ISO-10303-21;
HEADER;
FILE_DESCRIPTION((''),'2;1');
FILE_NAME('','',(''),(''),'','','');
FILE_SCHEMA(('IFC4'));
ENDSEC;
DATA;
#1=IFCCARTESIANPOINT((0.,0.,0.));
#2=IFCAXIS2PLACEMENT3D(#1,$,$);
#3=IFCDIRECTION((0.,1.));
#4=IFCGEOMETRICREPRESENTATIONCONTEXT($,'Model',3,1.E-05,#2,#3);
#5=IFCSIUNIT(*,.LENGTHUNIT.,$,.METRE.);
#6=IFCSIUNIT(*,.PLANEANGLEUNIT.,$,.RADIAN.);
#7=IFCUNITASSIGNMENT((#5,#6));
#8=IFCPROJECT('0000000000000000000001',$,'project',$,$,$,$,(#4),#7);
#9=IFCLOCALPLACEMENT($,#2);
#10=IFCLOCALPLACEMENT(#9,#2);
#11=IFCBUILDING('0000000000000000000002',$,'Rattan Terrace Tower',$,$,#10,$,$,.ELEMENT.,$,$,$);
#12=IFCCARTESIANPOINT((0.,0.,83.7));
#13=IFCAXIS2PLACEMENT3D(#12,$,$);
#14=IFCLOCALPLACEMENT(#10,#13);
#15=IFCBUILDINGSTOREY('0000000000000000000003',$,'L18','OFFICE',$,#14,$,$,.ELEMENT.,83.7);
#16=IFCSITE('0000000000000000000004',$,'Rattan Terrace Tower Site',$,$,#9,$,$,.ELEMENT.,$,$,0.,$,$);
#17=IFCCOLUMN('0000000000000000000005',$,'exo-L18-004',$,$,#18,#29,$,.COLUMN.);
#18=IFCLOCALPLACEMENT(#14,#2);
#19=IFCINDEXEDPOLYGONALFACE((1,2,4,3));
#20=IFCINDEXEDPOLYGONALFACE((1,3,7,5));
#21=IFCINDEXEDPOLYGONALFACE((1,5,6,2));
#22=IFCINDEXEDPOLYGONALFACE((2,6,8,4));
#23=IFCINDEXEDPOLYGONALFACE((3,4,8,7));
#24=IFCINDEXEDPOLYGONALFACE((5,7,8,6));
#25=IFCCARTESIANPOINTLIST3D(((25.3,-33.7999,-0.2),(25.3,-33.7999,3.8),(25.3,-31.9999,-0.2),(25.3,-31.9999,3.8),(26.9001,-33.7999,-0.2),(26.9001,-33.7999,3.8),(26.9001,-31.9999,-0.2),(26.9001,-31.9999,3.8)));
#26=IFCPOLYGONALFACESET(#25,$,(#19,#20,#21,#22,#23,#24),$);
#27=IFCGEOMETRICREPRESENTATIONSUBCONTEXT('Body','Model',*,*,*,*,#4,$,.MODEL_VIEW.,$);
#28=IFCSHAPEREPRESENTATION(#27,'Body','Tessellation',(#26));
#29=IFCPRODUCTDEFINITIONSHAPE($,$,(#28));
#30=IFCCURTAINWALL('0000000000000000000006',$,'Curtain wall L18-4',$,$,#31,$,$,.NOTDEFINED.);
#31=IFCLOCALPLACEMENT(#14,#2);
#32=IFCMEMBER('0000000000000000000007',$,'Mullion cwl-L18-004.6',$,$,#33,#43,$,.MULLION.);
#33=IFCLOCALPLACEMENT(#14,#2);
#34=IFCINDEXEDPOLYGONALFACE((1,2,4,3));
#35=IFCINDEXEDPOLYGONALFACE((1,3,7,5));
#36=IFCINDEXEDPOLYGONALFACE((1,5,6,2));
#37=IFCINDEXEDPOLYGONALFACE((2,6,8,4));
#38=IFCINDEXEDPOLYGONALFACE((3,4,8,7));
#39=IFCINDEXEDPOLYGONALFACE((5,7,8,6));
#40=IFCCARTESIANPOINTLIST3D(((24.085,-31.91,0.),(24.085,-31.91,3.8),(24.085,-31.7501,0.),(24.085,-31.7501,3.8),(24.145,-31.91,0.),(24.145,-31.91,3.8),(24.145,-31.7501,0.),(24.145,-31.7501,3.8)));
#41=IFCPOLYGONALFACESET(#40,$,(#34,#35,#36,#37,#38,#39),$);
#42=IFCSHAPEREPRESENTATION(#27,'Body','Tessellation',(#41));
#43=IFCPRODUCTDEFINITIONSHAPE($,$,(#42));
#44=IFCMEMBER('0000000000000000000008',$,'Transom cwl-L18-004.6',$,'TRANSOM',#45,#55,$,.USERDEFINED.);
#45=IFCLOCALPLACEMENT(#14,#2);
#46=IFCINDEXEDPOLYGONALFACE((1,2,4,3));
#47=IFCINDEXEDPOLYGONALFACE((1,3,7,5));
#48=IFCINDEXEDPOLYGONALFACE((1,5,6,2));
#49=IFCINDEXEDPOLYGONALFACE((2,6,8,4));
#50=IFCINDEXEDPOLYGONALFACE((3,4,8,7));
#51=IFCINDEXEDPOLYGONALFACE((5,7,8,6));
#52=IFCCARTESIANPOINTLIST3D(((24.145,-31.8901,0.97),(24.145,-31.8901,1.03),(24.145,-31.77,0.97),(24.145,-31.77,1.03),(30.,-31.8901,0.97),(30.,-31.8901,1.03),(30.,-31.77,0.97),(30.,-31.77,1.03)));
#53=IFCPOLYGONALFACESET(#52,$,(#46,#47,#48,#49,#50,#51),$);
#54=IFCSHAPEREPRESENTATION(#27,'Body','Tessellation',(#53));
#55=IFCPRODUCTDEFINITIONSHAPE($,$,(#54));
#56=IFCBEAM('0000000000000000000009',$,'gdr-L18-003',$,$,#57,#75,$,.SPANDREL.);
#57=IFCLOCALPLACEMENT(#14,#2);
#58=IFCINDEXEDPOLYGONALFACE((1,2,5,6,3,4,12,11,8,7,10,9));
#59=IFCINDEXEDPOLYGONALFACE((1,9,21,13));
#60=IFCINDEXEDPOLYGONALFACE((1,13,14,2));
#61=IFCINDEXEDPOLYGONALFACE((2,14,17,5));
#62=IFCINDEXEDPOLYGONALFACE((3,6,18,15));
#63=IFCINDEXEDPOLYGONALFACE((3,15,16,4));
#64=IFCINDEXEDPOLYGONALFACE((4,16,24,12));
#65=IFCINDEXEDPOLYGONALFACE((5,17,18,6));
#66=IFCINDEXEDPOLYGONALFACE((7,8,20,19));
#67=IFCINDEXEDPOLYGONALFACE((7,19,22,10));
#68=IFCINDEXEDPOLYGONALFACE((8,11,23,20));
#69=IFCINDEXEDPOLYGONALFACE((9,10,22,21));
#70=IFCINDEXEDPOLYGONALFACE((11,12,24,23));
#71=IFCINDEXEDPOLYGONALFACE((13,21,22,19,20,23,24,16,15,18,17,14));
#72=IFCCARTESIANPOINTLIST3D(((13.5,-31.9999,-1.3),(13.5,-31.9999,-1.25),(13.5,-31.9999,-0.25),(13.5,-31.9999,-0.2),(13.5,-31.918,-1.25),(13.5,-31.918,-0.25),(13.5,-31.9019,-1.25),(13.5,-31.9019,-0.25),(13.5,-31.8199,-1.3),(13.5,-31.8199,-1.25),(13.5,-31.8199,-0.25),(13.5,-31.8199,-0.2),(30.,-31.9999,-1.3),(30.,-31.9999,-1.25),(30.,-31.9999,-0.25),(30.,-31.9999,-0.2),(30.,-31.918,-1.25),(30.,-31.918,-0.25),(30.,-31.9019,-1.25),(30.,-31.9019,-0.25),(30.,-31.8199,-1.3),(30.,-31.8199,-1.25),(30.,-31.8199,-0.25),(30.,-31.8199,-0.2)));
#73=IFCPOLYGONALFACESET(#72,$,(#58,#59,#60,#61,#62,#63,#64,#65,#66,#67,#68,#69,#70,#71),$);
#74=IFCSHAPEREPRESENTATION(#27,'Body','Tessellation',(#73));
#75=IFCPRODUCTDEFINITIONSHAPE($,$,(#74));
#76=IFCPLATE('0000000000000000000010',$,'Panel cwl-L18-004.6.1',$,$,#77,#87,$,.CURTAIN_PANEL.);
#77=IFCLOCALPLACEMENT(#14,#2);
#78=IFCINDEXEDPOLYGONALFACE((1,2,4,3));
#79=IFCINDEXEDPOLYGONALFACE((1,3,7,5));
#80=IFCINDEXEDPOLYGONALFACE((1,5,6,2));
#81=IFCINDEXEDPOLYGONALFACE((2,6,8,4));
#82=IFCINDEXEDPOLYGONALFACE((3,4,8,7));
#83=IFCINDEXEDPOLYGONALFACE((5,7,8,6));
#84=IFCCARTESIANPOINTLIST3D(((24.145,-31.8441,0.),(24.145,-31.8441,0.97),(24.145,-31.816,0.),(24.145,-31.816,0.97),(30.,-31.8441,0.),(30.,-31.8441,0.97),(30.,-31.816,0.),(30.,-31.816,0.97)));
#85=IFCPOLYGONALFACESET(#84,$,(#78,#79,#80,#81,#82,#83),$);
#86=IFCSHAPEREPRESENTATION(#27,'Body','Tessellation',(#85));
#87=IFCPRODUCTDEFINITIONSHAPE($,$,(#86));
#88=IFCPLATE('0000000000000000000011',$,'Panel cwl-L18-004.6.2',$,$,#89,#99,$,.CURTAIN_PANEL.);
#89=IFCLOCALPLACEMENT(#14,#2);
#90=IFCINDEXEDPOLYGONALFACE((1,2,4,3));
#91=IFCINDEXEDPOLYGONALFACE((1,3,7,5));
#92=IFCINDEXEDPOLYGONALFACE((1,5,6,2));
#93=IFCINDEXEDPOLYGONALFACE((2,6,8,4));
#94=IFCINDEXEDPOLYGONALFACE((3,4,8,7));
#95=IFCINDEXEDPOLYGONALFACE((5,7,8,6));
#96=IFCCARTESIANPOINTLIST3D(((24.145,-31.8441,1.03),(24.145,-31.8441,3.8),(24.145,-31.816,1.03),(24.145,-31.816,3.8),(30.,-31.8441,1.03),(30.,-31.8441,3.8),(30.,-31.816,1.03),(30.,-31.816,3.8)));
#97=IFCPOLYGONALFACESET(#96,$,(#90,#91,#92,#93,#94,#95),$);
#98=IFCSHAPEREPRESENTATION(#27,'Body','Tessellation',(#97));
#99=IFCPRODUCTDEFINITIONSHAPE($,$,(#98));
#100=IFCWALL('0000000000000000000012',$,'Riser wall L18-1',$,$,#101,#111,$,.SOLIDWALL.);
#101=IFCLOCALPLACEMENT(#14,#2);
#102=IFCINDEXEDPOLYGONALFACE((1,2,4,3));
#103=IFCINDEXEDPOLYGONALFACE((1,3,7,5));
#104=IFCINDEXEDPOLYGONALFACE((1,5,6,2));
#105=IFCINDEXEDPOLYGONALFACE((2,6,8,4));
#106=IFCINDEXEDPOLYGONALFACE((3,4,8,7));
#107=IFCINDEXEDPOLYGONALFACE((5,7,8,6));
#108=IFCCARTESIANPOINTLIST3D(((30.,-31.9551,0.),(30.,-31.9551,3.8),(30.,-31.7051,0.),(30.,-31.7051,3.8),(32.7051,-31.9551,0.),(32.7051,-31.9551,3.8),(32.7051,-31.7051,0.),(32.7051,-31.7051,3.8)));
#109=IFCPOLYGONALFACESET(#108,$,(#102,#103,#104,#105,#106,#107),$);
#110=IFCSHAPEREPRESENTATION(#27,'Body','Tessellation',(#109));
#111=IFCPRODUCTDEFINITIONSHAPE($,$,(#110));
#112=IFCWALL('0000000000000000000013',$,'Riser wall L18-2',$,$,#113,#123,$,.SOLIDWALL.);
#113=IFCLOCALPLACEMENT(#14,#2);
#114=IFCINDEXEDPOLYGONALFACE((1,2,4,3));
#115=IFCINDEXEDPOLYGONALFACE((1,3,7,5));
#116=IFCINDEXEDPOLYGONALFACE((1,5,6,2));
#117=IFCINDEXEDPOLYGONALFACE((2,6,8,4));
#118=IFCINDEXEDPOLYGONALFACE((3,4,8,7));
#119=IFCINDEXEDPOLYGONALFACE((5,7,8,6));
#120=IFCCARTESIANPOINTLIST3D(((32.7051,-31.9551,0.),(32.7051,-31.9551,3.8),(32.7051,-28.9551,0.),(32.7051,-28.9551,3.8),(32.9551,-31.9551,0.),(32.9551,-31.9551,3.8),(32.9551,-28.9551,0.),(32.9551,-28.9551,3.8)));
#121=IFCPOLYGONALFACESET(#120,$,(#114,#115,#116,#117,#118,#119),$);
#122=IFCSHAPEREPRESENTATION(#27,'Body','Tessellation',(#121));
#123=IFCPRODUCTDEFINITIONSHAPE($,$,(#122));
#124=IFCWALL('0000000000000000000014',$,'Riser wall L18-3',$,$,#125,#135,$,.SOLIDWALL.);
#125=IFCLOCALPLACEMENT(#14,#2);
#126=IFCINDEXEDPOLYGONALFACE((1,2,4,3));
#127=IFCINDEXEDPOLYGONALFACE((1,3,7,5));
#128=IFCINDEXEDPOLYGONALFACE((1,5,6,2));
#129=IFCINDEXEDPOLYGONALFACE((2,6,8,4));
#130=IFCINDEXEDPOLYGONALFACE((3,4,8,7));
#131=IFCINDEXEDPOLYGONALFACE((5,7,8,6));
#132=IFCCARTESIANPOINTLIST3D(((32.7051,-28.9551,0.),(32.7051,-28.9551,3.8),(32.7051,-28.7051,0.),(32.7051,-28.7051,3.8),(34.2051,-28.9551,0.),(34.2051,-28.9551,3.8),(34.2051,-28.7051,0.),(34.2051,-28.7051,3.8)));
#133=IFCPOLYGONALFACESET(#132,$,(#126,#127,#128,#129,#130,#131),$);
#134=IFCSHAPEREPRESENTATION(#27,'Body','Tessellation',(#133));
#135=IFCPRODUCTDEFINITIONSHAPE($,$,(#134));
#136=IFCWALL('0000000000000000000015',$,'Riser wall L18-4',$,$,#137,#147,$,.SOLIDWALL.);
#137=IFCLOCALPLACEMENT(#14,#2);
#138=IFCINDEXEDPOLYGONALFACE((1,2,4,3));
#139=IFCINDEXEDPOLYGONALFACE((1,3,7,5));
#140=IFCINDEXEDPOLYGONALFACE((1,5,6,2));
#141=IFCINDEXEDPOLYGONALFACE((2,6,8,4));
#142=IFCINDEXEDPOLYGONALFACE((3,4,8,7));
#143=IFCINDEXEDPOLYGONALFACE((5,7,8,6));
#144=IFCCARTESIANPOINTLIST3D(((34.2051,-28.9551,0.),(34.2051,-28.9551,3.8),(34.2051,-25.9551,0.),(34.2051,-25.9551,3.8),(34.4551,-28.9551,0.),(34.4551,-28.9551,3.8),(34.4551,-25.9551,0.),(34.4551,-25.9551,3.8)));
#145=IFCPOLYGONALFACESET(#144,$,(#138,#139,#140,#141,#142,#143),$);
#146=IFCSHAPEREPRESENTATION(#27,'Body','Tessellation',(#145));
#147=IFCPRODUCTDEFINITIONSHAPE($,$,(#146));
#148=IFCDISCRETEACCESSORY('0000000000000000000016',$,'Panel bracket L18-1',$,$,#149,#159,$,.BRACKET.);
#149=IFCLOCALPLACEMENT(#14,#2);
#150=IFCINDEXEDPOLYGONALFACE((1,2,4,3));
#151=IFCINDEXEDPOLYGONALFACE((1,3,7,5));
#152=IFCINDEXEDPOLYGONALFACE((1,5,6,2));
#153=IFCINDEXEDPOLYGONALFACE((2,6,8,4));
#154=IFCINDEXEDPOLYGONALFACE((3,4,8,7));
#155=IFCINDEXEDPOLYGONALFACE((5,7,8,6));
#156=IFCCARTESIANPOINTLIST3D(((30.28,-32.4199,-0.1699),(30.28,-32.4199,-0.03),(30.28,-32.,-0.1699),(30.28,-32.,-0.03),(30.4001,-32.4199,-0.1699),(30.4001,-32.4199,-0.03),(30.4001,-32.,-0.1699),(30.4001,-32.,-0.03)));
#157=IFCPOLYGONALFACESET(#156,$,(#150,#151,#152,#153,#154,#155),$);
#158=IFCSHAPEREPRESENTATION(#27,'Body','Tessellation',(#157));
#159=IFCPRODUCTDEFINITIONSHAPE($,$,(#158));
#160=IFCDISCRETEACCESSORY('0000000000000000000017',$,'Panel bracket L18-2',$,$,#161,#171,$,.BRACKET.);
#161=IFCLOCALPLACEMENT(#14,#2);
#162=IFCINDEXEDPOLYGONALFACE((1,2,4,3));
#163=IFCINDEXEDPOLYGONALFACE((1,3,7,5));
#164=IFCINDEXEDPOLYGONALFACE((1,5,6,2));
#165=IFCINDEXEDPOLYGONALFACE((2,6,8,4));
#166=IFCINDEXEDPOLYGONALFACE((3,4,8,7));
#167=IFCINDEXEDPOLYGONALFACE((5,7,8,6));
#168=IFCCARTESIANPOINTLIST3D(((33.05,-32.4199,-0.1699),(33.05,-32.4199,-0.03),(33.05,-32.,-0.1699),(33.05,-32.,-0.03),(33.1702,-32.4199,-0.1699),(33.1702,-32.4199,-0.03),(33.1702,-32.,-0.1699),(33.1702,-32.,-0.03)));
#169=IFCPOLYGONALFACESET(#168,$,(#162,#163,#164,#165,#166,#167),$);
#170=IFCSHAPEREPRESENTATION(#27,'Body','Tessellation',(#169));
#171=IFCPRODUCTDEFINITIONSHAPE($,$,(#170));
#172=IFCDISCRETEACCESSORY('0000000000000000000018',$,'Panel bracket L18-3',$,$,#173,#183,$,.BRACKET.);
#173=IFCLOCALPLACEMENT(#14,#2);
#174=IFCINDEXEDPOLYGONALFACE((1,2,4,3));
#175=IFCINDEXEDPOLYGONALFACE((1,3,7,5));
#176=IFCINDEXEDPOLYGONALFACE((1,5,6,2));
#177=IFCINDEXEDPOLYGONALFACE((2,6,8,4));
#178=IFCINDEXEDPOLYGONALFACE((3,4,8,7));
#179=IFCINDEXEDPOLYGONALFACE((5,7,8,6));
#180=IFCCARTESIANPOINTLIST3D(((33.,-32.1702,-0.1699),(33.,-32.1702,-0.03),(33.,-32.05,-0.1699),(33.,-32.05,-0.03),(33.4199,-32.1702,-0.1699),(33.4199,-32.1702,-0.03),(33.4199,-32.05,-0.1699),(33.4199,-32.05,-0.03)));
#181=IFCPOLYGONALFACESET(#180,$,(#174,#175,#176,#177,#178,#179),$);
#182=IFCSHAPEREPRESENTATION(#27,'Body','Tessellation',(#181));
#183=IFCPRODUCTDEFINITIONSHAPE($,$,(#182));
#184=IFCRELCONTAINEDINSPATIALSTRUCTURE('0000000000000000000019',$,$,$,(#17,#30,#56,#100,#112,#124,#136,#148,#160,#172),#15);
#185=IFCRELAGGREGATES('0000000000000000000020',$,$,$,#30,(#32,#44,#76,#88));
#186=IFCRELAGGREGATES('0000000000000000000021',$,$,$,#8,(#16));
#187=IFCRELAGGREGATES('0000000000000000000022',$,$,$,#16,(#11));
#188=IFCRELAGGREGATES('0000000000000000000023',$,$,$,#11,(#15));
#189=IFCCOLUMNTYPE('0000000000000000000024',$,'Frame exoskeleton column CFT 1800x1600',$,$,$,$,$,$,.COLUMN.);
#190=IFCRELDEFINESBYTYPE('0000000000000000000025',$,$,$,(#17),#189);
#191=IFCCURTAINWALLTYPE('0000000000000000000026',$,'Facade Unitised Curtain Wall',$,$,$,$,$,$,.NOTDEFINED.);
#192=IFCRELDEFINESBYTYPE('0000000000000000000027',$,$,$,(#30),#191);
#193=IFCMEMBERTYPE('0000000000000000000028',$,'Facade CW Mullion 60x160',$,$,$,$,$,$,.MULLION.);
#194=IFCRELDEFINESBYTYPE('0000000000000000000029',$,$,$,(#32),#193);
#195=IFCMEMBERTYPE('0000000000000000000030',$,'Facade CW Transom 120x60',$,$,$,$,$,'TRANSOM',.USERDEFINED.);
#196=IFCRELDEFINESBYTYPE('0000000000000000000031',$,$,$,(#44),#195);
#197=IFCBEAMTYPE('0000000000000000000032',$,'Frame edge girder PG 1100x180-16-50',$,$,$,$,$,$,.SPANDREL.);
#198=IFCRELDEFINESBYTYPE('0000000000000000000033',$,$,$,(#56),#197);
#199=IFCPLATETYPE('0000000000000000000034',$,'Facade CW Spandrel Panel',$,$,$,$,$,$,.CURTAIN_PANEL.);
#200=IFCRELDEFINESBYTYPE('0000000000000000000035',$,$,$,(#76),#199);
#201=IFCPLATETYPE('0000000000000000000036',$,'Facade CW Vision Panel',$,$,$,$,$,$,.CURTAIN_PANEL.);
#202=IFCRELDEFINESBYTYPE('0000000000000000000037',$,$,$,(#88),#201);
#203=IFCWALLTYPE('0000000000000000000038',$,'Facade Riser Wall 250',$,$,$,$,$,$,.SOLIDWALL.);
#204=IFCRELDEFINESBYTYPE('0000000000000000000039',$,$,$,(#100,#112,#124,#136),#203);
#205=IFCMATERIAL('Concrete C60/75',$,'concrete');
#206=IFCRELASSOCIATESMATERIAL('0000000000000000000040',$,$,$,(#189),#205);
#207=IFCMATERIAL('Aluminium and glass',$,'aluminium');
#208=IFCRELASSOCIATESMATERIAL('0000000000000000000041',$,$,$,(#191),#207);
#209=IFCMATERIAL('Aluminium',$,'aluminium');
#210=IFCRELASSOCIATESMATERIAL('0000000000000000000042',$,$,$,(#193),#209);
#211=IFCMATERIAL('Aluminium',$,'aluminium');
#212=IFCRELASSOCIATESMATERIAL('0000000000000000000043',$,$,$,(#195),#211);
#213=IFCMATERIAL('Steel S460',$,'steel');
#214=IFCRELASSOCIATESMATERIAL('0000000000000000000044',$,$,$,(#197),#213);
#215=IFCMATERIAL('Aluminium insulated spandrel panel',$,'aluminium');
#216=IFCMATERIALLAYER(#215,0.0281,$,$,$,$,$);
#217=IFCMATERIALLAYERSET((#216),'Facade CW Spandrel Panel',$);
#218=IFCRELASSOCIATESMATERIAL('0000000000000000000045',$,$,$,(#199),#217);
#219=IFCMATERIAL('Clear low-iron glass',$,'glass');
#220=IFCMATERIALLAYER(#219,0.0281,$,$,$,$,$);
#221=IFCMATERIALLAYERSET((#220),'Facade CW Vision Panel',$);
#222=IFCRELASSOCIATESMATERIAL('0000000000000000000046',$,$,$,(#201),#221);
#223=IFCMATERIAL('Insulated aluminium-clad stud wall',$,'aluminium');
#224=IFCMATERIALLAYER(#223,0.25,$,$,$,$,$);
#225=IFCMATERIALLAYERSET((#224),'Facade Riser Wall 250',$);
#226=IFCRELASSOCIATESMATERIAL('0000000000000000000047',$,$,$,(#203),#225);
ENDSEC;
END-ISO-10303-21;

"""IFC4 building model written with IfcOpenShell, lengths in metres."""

from ifc_helpers import new_model, si_unit, direction, frame, frame_2d, origin, origin_2d, place, context, subcontext, project, spatial, rectangle, i_section, extrude, material, layer, layer_set, material_profile, profile_set, type_object, element, aggregate, save


model = new_model("IFC4")

# Units and contexts
model_context = context("Model", 3, precision=1e-05, world=origin(), true_north=direction((0.0, 1.0)))
body_context = subcontext(model_context, "Body", "Model", "MODEL_VIEW")
ifc_project = project(units=[si_unit("LENGTHUNIT", "METRE"), si_unit("PLANEANGLEUNIT", "RADIAN")], contexts=[model_context])

# Site, building, storey
site_placement = place(None, origin())
site = spatial("IfcSite", under=ifc_project, at=site_placement, Name="Rattan Terrace Tower Site", CompositionType="ELEMENT", RefElevation=0.0)
building_placement = place(site_placement, origin())
building = spatial("IfcBuilding", under=site, at=building_placement, Name="Rattan Terrace Tower", CompositionType="ELEMENT")
storey_placement = place(building_placement, frame((0.0, 0.0, 83.7)))
storey = spatial("IfcBuildingStorey", under=building, at=storey_placement, Name="L18", Description="OFFICE", CompositionType="ELEMENT", Elevation=83.7)

# Column
ifc_material_1 = material(Name="Concrete C60/75", Category="concrete")
ifc_material_profile_1 = material_profile(ifc_material_1, rectangle(XDim=1.6001, YDim=1.8, at=origin_2d()), Name="CFT 1800x1600")
ifc_profile_set_1 = profile_set([ifc_material_profile_1], Name="Concrete C60/75")
column_type = type_object("IfcColumnType", Name="Frame exoskeleton column CFT 1800x1600", PredefinedType="COLUMN", material=ifc_profile_set_1)
column_placement = place(storey_placement, frame((26.1001, -32.8999, -0.2), z_axis=(0.0, 0.0, 1.0), x_axis=(1.0, 0.0, 0.0)))
element("IfcColumn", 1, at=column_placement, inside=storey, type_object=column_type, Name="exo-L18-004", PredefinedType="COLUMN", context=body_context, shape_type="SweptSolid", body=[
    extrude(rectangle(XDim=1.6001, YDim=1.8, at=origin_2d()), origin(), (0.0, 0.0, 1.0), 4.0),
])

# Curtain wall, members
ifc_material_2 = material(Name="Aluminium and glass", Category="aluminium")
curtain_wall_type = type_object("IfcCurtainWallType", Name="Facade Unitised Curtain Wall", PredefinedType="NOTDEFINED", material=ifc_material_2)
curtain_wall_placement = place(storey_placement, origin())
curtain_wall = element("IfcCurtainWall", 2, at=curtain_wall_placement, inside=storey, type_object=curtain_wall_type, Name="Curtain wall L18-4", PredefinedType="NOTDEFINED")
ifc_material_3 = material(Name="Aluminium", Category="aluminium")
ifc_material_profile_2 = material_profile(ifc_material_3, rectangle(XDim=0.0601, YDim=0.1599, at=origin_2d()), Name="Aluminium 60x160")
ifc_profile_set_2 = profile_set([ifc_material_profile_2], Name="Aluminium")
member_type_1 = type_object("IfcMemberType", Name="Facade CW Mullion 60x160", PredefinedType="MULLION", material=ifc_profile_set_2)
member_1_placement = place(storey_placement, frame((24.115, -31.8301, 0.0), z_axis=(0.0, 0.0, 1.0), x_axis=(1.0, 0.0, 0.0)))
member_1 = element("IfcMember", 3, at=member_1_placement, type_object=member_type_1, Name="Mullion cwl-L18-004.6", PredefinedType="MULLION", context=body_context, shape_type="SweptSolid", body=[
    extrude(rectangle(XDim=0.0601, YDim=0.1599, at=origin_2d()), origin(), (0.0, 0.0, 1.0), 3.8),
])
ifc_material_4 = material(Name="Aluminium", Category="aluminium")
ifc_material_profile_3 = material_profile(ifc_material_4, rectangle(XDim=0.1201, YDim=0.0601, at=origin_2d()), Name="Aluminium 120x60")
ifc_profile_set_3 = profile_set([ifc_material_profile_3], Name="Aluminium")
member_type_2 = type_object("IfcMemberType", Name="Facade CW Transom 120x60", ElementType="TRANSOM", PredefinedType="USERDEFINED", material=ifc_profile_set_3)
member_2_placement = place(storey_placement, frame((24.145, -31.8301, 1.0), z_axis=(1.0, 0.0, 0.0), x_axis=(0.0, 1.0, 0.0)))
member_2 = element("IfcMember", 4, at=member_2_placement, type_object=member_type_2, Name="Transom cwl-L18-004.6", ObjectType="TRANSOM", PredefinedType="USERDEFINED", context=body_context, shape_type="SweptSolid", body=[
    extrude(rectangle(XDim=0.1201, YDim=0.0601, at=origin_2d()), origin(), (0.0, 0.0, 1.0), 5.855),
])

# Beam
ifc_material_5 = material(Name="Steel S460", Category="steel")
ifc_material_profile_4 = material_profile(ifc_material_5, i_section(OverallWidth=0.1799, OverallDepth=1.1001, WebThickness=0.0161, FlangeThickness=0.05, at=origin_2d()), Name="PG 1100x180-16-50")
ifc_profile_set_4 = profile_set([ifc_material_profile_4], Name="Steel S460")
beam_type = type_object("IfcBeamType", Name="Frame edge girder PG 1100x180-16-50", PredefinedType="SPANDREL", material=ifc_profile_set_4)
beam_placement = place(storey_placement, frame((30.0, -31.9099, -0.75), z_axis=(-1.0, 0.0, 0.0), x_axis=(0.0, -1.0, 0.0)))
element("IfcBeam", 5, at=beam_placement, inside=storey, type_object=beam_type, Name="gdr-L18-003", PredefinedType="SPANDREL", context=body_context, shape_type="SweptSolid", body=[
    extrude(i_section(OverallWidth=0.1799, OverallDepth=1.1001, WebThickness=0.0161, FlangeThickness=0.05, at=origin_2d()), origin(), (0.0, 0.0, 1.0), 16.5),
])

# Plates
ifc_material_6 = material(Name="Aluminium insulated spandrel panel", Category="aluminium")
ifc_layer_1 = layer(ifc_material_6, 0.0281)
ifc_layer_set_1 = layer_set([ifc_layer_1], Name="Facade CW Spandrel Panel")
plate_type_1 = type_object("IfcPlateType", Name="Facade CW Spandrel Panel", PredefinedType="CURTAIN_PANEL", material=ifc_layer_set_1)
plate_1_placement = place(storey_placement, frame((27.0725, -31.8301, 0.0), z_axis=(0.0, 0.0, 1.0), x_axis=(1.0, 0.0, 0.0)))
plate_1 = element("IfcPlate", 6, at=plate_1_placement, type_object=plate_type_1, Name="Panel cwl-L18-004.6.1", PredefinedType="CURTAIN_PANEL", context=body_context, shape_type="SweptSolid", body=[
    extrude(rectangle(XDim=5.855, YDim=0.0281, at=origin_2d()), origin(), (0.0, 0.0, 1.0), 0.97),
])
ifc_material_7 = material(Name="Clear low-iron glass", Category="glass")
ifc_layer_2 = layer(ifc_material_7, 0.0281)
ifc_layer_set_2 = layer_set([ifc_layer_2], Name="Facade CW Vision Panel")
plate_type_2 = type_object("IfcPlateType", Name="Facade CW Vision Panel", PredefinedType="CURTAIN_PANEL", material=ifc_layer_set_2)
plate_2_placement = place(storey_placement, frame((27.0725, -31.8301, 1.03), z_axis=(0.0, 0.0, 1.0), x_axis=(1.0, 0.0, 0.0)))
plate_2 = element("IfcPlate", 7, at=plate_2_placement, type_object=plate_type_2, Name="Panel cwl-L18-004.6.2", PredefinedType="CURTAIN_PANEL", context=body_context, shape_type="SweptSolid", body=[
    extrude(rectangle(XDim=5.855, YDim=0.0281, at=origin_2d()), origin(), (0.0, 0.0, 1.0), 2.77),
])
aggregate(curtain_wall, [member_1, member_2, plate_1, plate_2])

# Walls
ifc_material_8 = material(Name="Insulated aluminium-clad stud wall", Category="aluminium")
ifc_layer_3 = layer(ifc_material_8, 0.25)
ifc_layer_set_3 = layer_set([ifc_layer_3], Name="Facade Riser Wall 250")
wall_type = type_object("IfcWallType", Name="Facade Riser Wall 250", PredefinedType="SOLIDWALL", material=ifc_layer_set_3)
wall_1_placement = place(storey_placement, frame((30.0, -31.8301, 0.0), z_axis=(0.0, 0.0, 1.0), x_axis=(1.0, 0.0, 0.0)))
element("IfcWall", 8, at=wall_1_placement, inside=storey, type_object=wall_type, Name="Riser wall L18-1", PredefinedType="SOLIDWALL", context=body_context, shape_type="SweptSolid", body=[
    extrude(rectangle(XDim=2.7051, YDim=0.25, at=frame_2d((1.3525, 0.0))), origin(), (0.0, 0.0, 1.0), 3.8),
])
wall_2_placement = place(storey_placement, frame((32.8301, -31.9551, 0.0), z_axis=(0.0, 0.0, 1.0), x_axis=(0.0, 1.0, 0.0)))
element("IfcWall", 9, at=wall_2_placement, inside=storey, type_object=wall_type, Name="Riser wall L18-2", PredefinedType="SOLIDWALL", context=body_context, shape_type="SweptSolid", body=[
    extrude(rectangle(XDim=3.0, YDim=0.25, at=frame_2d((1.5, 0.0))), origin(), (0.0, 0.0, 1.0), 3.8),
])
wall_3_placement = place(storey_placement, frame((32.7051, -28.8301, 0.0), z_axis=(0.0, 0.0, 1.0), x_axis=(1.0, 0.0, 0.0)))
element("IfcWall", 10, at=wall_3_placement, inside=storey, type_object=wall_type, Name="Riser wall L18-3", PredefinedType="SOLIDWALL", context=body_context, shape_type="SweptSolid", body=[
    extrude(rectangle(XDim=1.5, YDim=0.25, at=frame_2d((0.75, 0.0))), origin(), (0.0, 0.0, 1.0), 3.8),
])
wall_4_placement = place(storey_placement, frame((34.3301, -28.9551, 0.0), z_axis=(0.0, 0.0, 1.0), x_axis=(0.0, 1.0, 0.0)))
element("IfcWall", 11, at=wall_4_placement, inside=storey, type_object=wall_type, Name="Riser wall L18-4", PredefinedType="SOLIDWALL", context=body_context, shape_type="SweptSolid", body=[
    extrude(rectangle(XDim=3.0, YDim=0.25, at=frame_2d((1.5, 0.0))), origin(), (0.0, 0.0, 1.0), 3.8),
])

# Discrete accessories
for number, where, z_axis, x_axis, name in (
    (12, (30.3401, -32.21, -0.1699), (0.0, 0.0, 1.0), (1.0, 0.0, 0.0), "Panel bracket L18-1"),
    (13, (33.1101, -32.21, -0.1699), (0.0, 0.0, 1.0), (1.0, 0.0, 0.0), "Panel bracket L18-2"),
    (14, (33.21, -32.1101, -0.1699), (0.0, 0.0, 1.0), (0.0, 1.0, 0.0), "Panel bracket L18-3"),
):
    element("IfcDiscreteAccessory", number, at=place(storey_placement, frame(where, z_axis=z_axis, x_axis=x_axis)), inside=storey, Name=name, PredefinedType="BRACKET", context=body_context, shape_type="SweptSolid", body=[
        extrude(rectangle(XDim=0.1201, YDim=0.4199, at=origin_2d()), origin(), (0.0, 0.0, 1.0), 0.1399),
    ])

save(model, "model.ifc")
